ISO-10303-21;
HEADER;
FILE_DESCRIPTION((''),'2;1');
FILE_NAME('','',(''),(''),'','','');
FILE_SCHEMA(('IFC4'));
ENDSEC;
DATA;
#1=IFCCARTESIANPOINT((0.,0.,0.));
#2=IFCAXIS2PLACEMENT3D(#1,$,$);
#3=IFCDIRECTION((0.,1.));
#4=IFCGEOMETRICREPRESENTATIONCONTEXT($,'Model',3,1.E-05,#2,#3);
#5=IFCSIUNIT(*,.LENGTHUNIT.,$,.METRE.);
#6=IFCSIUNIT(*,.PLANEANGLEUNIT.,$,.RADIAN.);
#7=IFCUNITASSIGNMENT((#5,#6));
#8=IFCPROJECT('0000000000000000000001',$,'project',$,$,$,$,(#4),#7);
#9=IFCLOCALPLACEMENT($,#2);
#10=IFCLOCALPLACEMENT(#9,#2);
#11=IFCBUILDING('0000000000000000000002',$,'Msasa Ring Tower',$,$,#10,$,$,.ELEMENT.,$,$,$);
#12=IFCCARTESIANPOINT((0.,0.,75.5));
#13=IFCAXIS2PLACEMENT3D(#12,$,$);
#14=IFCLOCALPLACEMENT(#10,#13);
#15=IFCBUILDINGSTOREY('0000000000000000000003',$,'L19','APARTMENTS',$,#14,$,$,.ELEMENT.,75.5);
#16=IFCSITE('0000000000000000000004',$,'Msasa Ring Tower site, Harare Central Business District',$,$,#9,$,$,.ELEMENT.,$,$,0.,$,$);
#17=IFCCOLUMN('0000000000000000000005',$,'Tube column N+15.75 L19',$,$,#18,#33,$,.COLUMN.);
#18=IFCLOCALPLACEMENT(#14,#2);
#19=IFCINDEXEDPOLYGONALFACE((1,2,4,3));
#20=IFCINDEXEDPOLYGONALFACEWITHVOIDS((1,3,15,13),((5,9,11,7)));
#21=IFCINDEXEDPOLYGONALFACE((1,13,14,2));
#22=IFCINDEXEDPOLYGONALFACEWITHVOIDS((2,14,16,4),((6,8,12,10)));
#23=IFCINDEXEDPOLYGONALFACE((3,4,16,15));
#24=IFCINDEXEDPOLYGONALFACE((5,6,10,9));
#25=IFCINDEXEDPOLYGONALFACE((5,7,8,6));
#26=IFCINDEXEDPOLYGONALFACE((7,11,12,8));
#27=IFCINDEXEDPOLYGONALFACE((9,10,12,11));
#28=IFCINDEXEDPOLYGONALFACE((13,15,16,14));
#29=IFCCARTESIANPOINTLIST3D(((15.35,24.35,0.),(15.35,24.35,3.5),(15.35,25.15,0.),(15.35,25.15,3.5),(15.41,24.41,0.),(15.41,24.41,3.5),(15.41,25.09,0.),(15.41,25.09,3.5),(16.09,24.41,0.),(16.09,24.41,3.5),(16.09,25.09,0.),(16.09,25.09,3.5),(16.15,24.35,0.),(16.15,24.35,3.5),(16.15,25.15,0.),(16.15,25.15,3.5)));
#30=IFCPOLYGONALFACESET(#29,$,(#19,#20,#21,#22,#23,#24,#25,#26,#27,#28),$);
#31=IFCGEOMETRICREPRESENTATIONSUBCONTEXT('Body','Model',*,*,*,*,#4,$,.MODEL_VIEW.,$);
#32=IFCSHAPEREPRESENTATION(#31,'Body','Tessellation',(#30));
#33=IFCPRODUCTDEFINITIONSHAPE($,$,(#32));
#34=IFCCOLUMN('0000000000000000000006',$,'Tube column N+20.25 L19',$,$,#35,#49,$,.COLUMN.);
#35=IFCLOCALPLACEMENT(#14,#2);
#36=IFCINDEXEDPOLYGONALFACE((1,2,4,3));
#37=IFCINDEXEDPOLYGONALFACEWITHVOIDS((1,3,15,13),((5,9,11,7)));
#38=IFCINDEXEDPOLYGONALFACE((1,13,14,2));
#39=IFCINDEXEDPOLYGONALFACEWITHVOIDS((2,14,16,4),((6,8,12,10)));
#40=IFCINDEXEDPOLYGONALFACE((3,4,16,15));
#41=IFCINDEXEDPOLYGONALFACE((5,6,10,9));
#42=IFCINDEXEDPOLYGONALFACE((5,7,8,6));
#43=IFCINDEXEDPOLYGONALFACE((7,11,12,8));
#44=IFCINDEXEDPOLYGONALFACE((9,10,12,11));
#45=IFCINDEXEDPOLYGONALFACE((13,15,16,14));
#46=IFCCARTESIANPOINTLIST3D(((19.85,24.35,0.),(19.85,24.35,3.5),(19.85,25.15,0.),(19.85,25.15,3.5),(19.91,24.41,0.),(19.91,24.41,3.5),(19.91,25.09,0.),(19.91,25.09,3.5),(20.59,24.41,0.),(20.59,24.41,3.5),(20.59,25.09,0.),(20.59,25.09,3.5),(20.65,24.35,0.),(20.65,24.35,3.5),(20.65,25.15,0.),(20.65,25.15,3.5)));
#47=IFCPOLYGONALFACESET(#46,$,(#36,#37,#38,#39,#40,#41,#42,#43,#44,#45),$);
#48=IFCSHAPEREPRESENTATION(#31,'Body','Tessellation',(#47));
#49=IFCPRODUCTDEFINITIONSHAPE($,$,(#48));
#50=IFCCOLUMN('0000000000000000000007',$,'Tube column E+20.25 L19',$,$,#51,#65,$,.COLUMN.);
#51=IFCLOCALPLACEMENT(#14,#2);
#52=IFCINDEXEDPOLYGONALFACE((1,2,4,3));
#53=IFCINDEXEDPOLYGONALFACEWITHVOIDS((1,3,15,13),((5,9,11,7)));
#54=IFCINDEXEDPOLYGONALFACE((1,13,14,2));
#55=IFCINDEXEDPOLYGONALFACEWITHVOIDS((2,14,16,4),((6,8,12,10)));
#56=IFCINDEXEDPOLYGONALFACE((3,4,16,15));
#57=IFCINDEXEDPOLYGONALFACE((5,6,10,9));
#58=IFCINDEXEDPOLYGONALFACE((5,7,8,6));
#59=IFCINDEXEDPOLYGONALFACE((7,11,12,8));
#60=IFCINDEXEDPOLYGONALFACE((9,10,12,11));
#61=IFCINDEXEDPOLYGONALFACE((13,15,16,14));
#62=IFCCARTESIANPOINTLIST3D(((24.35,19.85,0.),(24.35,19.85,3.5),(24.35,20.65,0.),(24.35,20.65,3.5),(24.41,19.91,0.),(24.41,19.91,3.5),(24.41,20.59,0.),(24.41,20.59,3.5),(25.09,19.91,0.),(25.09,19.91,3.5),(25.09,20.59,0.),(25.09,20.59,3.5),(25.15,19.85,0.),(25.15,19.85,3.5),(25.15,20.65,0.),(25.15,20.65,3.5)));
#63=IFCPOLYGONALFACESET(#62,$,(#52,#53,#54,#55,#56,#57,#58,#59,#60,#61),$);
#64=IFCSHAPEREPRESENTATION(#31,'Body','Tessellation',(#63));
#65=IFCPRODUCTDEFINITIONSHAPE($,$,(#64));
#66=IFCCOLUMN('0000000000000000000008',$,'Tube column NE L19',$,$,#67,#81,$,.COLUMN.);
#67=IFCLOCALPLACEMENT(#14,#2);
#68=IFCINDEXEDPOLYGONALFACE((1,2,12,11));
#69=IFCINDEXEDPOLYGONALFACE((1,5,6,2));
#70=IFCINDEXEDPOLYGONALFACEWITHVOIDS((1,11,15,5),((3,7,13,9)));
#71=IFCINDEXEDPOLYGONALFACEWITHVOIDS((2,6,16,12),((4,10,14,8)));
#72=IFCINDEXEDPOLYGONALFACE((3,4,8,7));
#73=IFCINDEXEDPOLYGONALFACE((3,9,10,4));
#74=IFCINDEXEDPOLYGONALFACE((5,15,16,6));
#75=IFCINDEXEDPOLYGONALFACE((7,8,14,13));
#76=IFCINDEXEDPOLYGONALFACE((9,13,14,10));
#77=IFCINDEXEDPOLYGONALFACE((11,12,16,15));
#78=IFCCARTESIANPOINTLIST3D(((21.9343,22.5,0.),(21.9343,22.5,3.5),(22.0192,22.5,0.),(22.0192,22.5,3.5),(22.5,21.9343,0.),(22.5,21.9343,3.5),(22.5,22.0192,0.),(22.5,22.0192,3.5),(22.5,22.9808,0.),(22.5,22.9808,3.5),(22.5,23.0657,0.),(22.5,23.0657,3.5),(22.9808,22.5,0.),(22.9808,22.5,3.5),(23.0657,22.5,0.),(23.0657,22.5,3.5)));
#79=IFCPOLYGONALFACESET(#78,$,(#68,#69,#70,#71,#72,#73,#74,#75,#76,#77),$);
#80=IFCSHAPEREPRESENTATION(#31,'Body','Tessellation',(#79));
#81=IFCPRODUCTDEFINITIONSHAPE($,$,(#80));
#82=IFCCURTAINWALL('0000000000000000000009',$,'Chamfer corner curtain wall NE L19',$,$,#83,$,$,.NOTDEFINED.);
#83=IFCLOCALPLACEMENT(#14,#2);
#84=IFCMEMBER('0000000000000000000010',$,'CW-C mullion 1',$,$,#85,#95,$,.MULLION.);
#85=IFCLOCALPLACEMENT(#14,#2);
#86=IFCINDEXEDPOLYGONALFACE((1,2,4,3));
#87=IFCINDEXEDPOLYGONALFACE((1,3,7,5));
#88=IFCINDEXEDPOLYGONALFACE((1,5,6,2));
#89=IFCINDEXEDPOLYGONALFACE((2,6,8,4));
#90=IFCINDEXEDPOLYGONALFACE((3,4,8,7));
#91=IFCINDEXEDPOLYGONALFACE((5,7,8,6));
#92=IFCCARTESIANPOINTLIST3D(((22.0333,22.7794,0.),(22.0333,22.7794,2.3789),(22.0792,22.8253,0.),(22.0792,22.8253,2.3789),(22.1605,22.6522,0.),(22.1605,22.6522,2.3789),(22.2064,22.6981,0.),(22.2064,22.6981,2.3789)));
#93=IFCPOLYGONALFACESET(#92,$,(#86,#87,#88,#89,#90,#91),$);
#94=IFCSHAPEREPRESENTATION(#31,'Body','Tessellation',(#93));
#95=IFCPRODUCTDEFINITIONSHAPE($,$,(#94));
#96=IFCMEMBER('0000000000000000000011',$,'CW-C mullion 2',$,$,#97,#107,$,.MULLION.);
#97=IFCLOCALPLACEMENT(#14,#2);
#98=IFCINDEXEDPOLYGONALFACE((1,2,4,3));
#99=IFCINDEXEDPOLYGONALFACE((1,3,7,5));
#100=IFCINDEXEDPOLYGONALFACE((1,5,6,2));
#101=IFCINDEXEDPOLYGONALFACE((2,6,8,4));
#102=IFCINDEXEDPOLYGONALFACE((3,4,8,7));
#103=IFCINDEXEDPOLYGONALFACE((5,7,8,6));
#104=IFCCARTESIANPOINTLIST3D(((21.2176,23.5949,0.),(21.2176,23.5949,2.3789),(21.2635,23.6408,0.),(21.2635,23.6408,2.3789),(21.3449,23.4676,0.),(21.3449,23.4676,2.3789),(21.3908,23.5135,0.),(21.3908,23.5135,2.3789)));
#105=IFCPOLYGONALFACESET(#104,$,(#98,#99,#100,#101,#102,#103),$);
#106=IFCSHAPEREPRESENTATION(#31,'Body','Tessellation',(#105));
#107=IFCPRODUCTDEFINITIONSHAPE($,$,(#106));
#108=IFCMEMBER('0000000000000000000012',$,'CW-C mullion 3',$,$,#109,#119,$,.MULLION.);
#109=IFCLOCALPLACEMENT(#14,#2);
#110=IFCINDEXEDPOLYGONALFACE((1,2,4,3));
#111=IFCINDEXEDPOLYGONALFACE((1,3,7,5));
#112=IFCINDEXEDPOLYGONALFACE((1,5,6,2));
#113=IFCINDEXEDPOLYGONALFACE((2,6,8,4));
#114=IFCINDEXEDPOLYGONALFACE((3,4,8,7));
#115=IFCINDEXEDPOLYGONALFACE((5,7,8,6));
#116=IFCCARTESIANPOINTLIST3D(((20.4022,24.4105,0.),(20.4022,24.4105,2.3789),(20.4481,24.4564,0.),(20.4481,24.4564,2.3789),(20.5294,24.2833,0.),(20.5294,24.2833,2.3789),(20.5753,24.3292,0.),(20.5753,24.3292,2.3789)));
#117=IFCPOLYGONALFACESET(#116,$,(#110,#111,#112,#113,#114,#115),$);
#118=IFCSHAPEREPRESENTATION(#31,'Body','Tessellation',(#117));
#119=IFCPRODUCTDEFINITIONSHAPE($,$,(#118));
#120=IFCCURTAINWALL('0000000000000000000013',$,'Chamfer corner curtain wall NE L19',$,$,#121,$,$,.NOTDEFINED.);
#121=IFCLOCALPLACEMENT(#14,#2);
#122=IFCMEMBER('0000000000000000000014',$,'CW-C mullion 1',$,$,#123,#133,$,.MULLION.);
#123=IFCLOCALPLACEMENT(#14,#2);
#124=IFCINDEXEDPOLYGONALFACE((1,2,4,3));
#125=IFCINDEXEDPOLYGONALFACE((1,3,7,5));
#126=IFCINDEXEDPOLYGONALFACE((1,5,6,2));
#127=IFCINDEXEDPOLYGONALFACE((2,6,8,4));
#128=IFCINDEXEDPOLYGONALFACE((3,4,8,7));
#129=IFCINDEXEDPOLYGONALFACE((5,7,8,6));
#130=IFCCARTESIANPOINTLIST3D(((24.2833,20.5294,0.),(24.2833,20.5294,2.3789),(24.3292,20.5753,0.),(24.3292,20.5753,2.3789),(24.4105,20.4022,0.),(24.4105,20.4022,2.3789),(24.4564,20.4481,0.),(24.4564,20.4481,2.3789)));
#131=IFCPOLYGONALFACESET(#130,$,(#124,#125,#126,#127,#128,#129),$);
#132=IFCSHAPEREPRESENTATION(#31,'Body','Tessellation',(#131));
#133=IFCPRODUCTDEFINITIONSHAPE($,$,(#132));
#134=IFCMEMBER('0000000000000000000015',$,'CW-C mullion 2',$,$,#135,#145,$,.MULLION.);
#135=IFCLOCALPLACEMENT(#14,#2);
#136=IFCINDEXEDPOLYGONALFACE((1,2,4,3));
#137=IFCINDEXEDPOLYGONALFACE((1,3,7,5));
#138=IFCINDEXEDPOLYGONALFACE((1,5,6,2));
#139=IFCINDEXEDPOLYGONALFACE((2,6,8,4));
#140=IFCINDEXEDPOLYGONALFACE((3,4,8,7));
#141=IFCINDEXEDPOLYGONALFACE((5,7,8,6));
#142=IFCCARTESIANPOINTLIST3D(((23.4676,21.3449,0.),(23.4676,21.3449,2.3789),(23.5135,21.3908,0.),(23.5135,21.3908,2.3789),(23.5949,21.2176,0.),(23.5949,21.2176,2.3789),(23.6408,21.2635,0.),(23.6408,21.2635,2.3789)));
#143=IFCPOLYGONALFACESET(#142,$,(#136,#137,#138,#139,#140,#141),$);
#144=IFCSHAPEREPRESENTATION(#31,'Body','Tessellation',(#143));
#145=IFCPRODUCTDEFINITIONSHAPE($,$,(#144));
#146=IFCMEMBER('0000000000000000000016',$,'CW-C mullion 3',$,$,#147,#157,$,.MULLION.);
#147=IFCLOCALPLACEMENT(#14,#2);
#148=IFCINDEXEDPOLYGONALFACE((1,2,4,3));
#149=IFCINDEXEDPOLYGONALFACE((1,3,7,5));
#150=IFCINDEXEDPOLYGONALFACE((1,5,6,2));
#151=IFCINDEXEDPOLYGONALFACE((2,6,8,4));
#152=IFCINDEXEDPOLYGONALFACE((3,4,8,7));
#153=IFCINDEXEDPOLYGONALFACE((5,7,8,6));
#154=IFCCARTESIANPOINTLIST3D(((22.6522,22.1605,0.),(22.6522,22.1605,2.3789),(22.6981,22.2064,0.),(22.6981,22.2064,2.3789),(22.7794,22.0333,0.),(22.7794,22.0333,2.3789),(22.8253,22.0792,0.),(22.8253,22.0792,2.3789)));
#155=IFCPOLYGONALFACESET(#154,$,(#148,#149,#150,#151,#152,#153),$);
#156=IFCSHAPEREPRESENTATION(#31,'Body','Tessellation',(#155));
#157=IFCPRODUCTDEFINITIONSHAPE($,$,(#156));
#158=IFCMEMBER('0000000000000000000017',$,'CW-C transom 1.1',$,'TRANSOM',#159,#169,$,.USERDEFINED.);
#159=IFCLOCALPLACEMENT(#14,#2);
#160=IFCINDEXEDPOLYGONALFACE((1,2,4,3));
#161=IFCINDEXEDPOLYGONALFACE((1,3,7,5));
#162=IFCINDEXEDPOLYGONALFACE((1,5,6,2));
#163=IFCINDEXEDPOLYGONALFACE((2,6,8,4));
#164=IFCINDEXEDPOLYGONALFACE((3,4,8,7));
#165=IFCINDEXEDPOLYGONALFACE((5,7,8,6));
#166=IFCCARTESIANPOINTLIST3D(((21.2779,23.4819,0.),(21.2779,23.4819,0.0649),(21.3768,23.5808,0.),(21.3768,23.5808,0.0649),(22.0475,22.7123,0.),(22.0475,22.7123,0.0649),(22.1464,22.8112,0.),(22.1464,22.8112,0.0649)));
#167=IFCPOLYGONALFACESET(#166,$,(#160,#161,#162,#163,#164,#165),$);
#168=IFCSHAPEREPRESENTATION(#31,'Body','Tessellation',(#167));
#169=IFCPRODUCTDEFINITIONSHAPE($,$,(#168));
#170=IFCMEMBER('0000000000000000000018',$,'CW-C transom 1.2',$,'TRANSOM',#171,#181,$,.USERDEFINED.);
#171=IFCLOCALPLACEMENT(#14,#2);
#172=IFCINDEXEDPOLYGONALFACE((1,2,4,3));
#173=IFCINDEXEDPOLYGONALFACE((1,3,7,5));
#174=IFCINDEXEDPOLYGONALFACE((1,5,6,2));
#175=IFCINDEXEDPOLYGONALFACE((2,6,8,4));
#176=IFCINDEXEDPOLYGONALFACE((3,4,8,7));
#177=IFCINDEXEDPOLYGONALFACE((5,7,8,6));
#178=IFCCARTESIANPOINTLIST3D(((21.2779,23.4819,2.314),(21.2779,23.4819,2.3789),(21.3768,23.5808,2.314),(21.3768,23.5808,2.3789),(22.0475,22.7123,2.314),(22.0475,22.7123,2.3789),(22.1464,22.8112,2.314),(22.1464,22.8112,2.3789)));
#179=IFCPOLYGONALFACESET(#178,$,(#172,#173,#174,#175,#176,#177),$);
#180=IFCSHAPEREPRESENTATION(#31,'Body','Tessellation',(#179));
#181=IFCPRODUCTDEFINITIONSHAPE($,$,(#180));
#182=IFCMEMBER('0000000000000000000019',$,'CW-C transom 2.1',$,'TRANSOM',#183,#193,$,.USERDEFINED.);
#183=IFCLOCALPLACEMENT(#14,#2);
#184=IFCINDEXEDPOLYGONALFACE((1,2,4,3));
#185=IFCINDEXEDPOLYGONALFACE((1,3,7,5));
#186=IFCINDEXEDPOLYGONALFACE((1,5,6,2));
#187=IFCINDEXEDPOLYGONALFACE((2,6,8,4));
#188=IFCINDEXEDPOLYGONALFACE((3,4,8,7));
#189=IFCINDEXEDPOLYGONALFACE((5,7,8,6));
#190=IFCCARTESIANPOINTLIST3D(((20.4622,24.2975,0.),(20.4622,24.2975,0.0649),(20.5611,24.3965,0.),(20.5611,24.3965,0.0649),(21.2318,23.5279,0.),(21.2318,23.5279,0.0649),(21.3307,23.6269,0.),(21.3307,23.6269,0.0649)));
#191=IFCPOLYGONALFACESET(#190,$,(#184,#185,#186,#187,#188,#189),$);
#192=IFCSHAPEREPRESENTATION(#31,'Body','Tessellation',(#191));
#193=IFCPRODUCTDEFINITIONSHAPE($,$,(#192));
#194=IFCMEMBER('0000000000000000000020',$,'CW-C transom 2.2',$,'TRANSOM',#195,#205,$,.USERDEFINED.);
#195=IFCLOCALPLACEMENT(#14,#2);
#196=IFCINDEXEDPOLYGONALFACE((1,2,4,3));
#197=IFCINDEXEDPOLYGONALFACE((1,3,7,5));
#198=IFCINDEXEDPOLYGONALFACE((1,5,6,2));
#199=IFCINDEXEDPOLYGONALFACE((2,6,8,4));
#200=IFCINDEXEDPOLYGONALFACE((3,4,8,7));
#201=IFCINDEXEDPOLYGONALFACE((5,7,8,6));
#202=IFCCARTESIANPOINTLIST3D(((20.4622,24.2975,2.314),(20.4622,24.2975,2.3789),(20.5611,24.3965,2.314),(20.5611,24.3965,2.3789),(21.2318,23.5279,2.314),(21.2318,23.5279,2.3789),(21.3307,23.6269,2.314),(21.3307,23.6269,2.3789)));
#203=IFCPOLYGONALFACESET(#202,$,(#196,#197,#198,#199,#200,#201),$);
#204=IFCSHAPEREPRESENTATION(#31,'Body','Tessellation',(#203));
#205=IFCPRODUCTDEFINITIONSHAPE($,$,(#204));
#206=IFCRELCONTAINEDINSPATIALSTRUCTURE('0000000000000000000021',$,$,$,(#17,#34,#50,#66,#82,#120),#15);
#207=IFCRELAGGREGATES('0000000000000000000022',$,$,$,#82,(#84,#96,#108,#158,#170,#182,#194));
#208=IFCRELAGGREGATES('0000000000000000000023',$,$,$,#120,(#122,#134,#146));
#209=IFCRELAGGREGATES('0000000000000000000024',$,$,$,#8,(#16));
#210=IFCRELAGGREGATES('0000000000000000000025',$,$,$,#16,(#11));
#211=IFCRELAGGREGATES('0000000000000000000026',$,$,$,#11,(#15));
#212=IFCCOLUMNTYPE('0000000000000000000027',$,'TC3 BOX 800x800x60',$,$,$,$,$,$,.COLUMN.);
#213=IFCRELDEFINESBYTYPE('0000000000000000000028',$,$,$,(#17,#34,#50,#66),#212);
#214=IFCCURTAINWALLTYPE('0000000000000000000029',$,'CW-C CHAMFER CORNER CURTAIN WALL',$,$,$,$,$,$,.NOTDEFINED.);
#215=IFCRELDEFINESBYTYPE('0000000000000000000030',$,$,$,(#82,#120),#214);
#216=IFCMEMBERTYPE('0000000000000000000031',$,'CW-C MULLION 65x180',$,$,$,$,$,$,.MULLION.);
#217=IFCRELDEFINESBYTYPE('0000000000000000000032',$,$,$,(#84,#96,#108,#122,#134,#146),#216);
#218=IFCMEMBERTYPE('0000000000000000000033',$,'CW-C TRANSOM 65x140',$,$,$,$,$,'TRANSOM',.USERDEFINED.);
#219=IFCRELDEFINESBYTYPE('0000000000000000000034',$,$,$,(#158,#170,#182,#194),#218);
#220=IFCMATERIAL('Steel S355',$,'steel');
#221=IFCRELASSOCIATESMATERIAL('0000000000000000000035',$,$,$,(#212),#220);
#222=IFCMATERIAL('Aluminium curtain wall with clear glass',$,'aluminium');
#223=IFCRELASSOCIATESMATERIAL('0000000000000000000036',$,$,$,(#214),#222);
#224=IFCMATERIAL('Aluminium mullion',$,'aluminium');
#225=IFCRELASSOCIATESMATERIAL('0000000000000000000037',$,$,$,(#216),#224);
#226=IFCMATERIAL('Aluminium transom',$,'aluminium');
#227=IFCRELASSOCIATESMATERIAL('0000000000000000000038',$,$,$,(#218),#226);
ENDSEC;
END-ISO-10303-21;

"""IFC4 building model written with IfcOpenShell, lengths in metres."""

from ifc_helpers import new_model, si_unit, direction, frame, origin, origin_2d, place, context, subcontext, project, spatial, rectangle, hollow_rectangle, extrude, material, material_profile, profile_set, type_object, element, aggregate, save


model = new_model("IFC4")

# Units and contexts
model_context = context("Model", 3, precision=1e-05, world=origin(), true_north=direction((0.0, 1.0)))
body_context = subcontext(model_context, "Body", "Model", "MODEL_VIEW")
ifc_project = project(units=[si_unit("LENGTHUNIT", "METRE"), si_unit("PLANEANGLEUNIT", "RADIAN")], contexts=[model_context])

# Site, building, storey
site_placement = place(None, origin())
site = spatial("IfcSite", under=ifc_project, at=site_placement, Name="Msasa Ring Tower site, Harare Central Business District", CompositionType="ELEMENT", RefElevation=0.0)
building_placement = place(site_placement, origin())
building = spatial("IfcBuilding", under=site, at=building_placement, Name="Msasa Ring Tower", CompositionType="ELEMENT")
storey_placement = place(building_placement, frame((0.0, 0.0, 75.5)))
storey = spatial("IfcBuildingStorey", under=building, at=storey_placement, Name="L19", Description="APARTMENTS", CompositionType="ELEMENT", Elevation=75.5)

# Columns
ifc_material_1 = material(Name="Steel S355", Category="steel")
ifc_material_profile_1 = material_profile(ifc_material_1, hollow_rectangle(XDim=0.8, YDim=0.8, WallThickness=0.0601, at=origin_2d()), Name="BOX 800x800x60")
ifc_profile_set_1 = profile_set([ifc_material_profile_1], Name="Steel S355")
column_type = type_object("IfcColumnType", Name="TC3 BOX 800x800x60", PredefinedType="COLUMN", material=ifc_profile_set_1)
for number, where, z_axis, x_axis, name in (
    (1, (15.75, 24.75, 0.0), (0.0, 0.0, 1.0), (0.0, 1.0, 0.0), "Tube column N+15.75 L19"),
    (2, (20.25, 24.75, 0.0), (0.0, 0.0, 1.0), (0.0, 1.0, 0.0), "Tube column N+20.25 L19"),
    (3, (24.75, 20.25, 0.0), (0.0, 0.0, 1.0), (1.0, 0.0, 0.0), "Tube column E+20.25 L19"),
    (4, (22.5, 22.5, 0.0), (0.0, 0.0, 1.0), (0.707107, 0.707107, 0.0), "Tube column NE L19"),
):
    element("IfcColumn", number, at=place(storey_placement, frame(where, z_axis=z_axis, x_axis=x_axis)), inside=storey, type_object=column_type, Name=name, PredefinedType="COLUMN", context=body_context, shape_type="SweptSolid", body=[
        extrude(hollow_rectangle(XDim=0.8, YDim=0.8, WallThickness=0.0601, at=origin_2d()), origin(), (0.0, 0.0, 1.0), 3.5),
    ])

# Curtain walls, members
ifc_material_2 = material(Name="Aluminium curtain wall with clear glass", Category="aluminium")
curtain_wall_type = type_object("IfcCurtainWallType", Name="CW-C CHAMFER CORNER CURTAIN WALL", PredefinedType="NOTDEFINED", material=ifc_material_2)
curtain_wall_1_placement = place(storey_placement, origin())
curtain_wall_1 = element("IfcCurtainWall", 5, at=curtain_wall_1_placement, inside=storey, type_object=curtain_wall_type, Name="Chamfer corner curtain wall NE L19", PredefinedType="NOTDEFINED")
ifc_material_3 = material(Name="Aluminium mullion", Category="aluminium")
ifc_material_profile_2 = material_profile(ifc_material_3, rectangle(XDim=0.0649, YDim=0.1799, at=origin_2d()), Name="AL 65x180")
ifc_profile_set_2 = profile_set([ifc_material_profile_2], Name="Aluminium mullion")
member_type_1 = type_object("IfcMemberType", Name="CW-C MULLION 65x180", PredefinedType="MULLION", material=ifc_profile_set_2)
member_1_placement = place(storey_placement, frame((22.1199, 22.7388, 0.0), z_axis=(0.0, 0.0, 1.0), x_axis=(-0.707107, -0.707107, 0.0)))
member_1 = element("IfcMember", 6, at=member_1_placement, type_object=member_type_1, Name="CW-C mullion 1", PredefinedType="MULLION", context=body_context, shape_type="SweptSolid", body=[
    extrude(rectangle(XDim=0.0649, YDim=0.1799, at=origin_2d()), origin(), (0.0, 0.0, 1.0), 2.3789),
])
member_2_placement = place(storey_placement, frame((21.3042, 23.5542, 0.0), z_axis=(0.0, 0.0, 1.0), x_axis=(-0.707107, -0.707107, 0.0)))
member_2 = element("IfcMember", 7, at=member_2_placement, type_object=member_type_1, Name="CW-C mullion 2", PredefinedType="MULLION", context=body_context, shape_type="SweptSolid", body=[
    extrude(rectangle(XDim=0.0649, YDim=0.1799, at=origin_2d()), origin(), (0.0, 0.0, 1.0), 2.3789),
])
member_3_placement = place(storey_placement, frame((20.4888, 24.3699, 0.0), z_axis=(0.0, 0.0, 1.0), x_axis=(-0.707107, -0.707107, 0.0)))
member_3 = element("IfcMember", 8, at=member_3_placement, type_object=member_type_1, Name="CW-C mullion 3", PredefinedType="MULLION", context=body_context, shape_type="SweptSolid", body=[
    extrude(rectangle(XDim=0.0649, YDim=0.1799, at=origin_2d()), origin(), (0.0, 0.0, 1.0), 2.3789),
])
curtain_wall_2_placement = place(storey_placement, origin())
curtain_wall_2 = element("IfcCurtainWall", 9, at=curtain_wall_2_placement, inside=storey, type_object=curtain_wall_type, Name="Chamfer corner curtain wall NE L19", PredefinedType="NOTDEFINED")
member_4_placement = place(storey_placement, frame((24.3699, 20.4888, 0.0), z_axis=(0.0, 0.0, 1.0), x_axis=(-0.707107, -0.707107, 0.0)))
member_4 = element("IfcMember", 10, at=member_4_placement, type_object=member_type_1, Name="CW-C mullion 1", PredefinedType="MULLION", context=body_context, shape_type="SweptSolid", body=[
    extrude(rectangle(XDim=0.0649, YDim=0.1799, at=origin_2d()), origin(), (0.0, 0.0, 1.0), 2.3789),
])
member_5_placement = place(storey_placement, frame((23.5542, 21.3042, 0.0), z_axis=(0.0, 0.0, 1.0), x_axis=(-0.707107, -0.707107, 0.0)))
member_5 = element("IfcMember", 11, at=member_5_placement, type_object=member_type_1, Name="CW-C mullion 2", PredefinedType="MULLION", context=body_context, shape_type="SweptSolid", body=[
    extrude(rectangle(XDim=0.0649, YDim=0.1799, at=origin_2d()), origin(), (0.0, 0.0, 1.0), 2.3789),
])
member_6_placement = place(storey_placement, frame((22.7388, 22.1199, 0.0), z_axis=(0.0, 0.0, 1.0), x_axis=(-0.707107, -0.707107, 0.0)))
member_6 = element("IfcMember", 12, at=member_6_placement, type_object=member_type_1, Name="CW-C mullion 3", PredefinedType="MULLION", context=body_context, shape_type="SweptSolid", body=[
    extrude(rectangle(XDim=0.0649, YDim=0.1799, at=origin_2d()), origin(), (0.0, 0.0, 1.0), 2.3789),
])

# Members
ifc_material_4 = material(Name="Aluminium transom", Category="aluminium")
ifc_material_profile_3 = material_profile(ifc_material_4, rectangle(XDim=0.1399, YDim=0.0649, at=origin_2d()), Name="AL 65x140")
ifc_profile_set_3 = profile_set([ifc_material_profile_3], Name="Aluminium transom")
member_type_2 = type_object("IfcMemberType", Name="CW-C TRANSOM 65x140", ElementType="TRANSOM", PredefinedType="USERDEFINED", material=ifc_profile_set_3)
member_7_placement = place(storey_placement, frame((22.0969, 22.7617, 0.0325), z_axis=(-0.707107, 0.707107, 0.0), x_axis=(-0.707107, -0.707107, 0.0)))
member_7 = element("IfcMember", 13, at=member_7_placement, type_object=member_type_2, Name="CW-C transom 1.1", ObjectType="TRANSOM", PredefinedType="USERDEFINED", context=body_context, shape_type="SweptSolid", body=[
    extrude(rectangle(XDim=0.1399, YDim=0.0649, at=origin_2d()), origin(), (0.0, 0.0, 1.0), 1.0884),
])
member_8_placement = place(storey_placement, frame((22.0969, 22.7617, 2.3464), z_axis=(-0.707107, 0.707107, 0.0), x_axis=(-0.707107, -0.707107, 0.0)))
member_8 = element("IfcMember", 14, at=member_8_placement, type_object=member_type_2, Name="CW-C transom 1.2", ObjectType="TRANSOM", PredefinedType="USERDEFINED", context=body_context, shape_type="SweptSolid", body=[
    extrude(rectangle(XDim=0.1399, YDim=0.0649, at=origin_2d()), origin(), (0.0, 0.0, 1.0), 1.0884),
])
member_9_placement = place(storey_placement, frame((21.2812, 23.5774, 0.0325), z_axis=(-0.707107, 0.707107, 0.0), x_axis=(-0.707107, -0.707107, 0.0)))
member_9 = element("IfcMember", 15, at=member_9_placement, type_object=member_type_2, Name="CW-C transom 2.1", ObjectType="TRANSOM", PredefinedType="USERDEFINED", context=body_context, shape_type="SweptSolid", body=[
    extrude(rectangle(XDim=0.1399, YDim=0.0649, at=origin_2d()), origin(), (0.0, 0.0, 1.0), 1.0884),
])
member_10_placement = place(storey_placement, frame((21.2812, 23.5774, 2.3464), z_axis=(-0.707107, 0.707107, 0.0), x_axis=(-0.707107, -0.707107, 0.0)))
member_10 = element("IfcMember", 16, at=member_10_placement, type_object=member_type_2, Name="CW-C transom 2.2", ObjectType="TRANSOM", PredefinedType="USERDEFINED", context=body_context, shape_type="SweptSolid", body=[
    extrude(rectangle(XDim=0.1399, YDim=0.0649, at=origin_2d()), origin(), (0.0, 0.0, 1.0), 1.0884),
])

aggregate(curtain_wall_1, [member_1, member_2, member_3, member_7, member_8, member_9, member_10])
aggregate(curtain_wall_2, [member_4, member_5, member_6])

save(model, "model.ifc")
